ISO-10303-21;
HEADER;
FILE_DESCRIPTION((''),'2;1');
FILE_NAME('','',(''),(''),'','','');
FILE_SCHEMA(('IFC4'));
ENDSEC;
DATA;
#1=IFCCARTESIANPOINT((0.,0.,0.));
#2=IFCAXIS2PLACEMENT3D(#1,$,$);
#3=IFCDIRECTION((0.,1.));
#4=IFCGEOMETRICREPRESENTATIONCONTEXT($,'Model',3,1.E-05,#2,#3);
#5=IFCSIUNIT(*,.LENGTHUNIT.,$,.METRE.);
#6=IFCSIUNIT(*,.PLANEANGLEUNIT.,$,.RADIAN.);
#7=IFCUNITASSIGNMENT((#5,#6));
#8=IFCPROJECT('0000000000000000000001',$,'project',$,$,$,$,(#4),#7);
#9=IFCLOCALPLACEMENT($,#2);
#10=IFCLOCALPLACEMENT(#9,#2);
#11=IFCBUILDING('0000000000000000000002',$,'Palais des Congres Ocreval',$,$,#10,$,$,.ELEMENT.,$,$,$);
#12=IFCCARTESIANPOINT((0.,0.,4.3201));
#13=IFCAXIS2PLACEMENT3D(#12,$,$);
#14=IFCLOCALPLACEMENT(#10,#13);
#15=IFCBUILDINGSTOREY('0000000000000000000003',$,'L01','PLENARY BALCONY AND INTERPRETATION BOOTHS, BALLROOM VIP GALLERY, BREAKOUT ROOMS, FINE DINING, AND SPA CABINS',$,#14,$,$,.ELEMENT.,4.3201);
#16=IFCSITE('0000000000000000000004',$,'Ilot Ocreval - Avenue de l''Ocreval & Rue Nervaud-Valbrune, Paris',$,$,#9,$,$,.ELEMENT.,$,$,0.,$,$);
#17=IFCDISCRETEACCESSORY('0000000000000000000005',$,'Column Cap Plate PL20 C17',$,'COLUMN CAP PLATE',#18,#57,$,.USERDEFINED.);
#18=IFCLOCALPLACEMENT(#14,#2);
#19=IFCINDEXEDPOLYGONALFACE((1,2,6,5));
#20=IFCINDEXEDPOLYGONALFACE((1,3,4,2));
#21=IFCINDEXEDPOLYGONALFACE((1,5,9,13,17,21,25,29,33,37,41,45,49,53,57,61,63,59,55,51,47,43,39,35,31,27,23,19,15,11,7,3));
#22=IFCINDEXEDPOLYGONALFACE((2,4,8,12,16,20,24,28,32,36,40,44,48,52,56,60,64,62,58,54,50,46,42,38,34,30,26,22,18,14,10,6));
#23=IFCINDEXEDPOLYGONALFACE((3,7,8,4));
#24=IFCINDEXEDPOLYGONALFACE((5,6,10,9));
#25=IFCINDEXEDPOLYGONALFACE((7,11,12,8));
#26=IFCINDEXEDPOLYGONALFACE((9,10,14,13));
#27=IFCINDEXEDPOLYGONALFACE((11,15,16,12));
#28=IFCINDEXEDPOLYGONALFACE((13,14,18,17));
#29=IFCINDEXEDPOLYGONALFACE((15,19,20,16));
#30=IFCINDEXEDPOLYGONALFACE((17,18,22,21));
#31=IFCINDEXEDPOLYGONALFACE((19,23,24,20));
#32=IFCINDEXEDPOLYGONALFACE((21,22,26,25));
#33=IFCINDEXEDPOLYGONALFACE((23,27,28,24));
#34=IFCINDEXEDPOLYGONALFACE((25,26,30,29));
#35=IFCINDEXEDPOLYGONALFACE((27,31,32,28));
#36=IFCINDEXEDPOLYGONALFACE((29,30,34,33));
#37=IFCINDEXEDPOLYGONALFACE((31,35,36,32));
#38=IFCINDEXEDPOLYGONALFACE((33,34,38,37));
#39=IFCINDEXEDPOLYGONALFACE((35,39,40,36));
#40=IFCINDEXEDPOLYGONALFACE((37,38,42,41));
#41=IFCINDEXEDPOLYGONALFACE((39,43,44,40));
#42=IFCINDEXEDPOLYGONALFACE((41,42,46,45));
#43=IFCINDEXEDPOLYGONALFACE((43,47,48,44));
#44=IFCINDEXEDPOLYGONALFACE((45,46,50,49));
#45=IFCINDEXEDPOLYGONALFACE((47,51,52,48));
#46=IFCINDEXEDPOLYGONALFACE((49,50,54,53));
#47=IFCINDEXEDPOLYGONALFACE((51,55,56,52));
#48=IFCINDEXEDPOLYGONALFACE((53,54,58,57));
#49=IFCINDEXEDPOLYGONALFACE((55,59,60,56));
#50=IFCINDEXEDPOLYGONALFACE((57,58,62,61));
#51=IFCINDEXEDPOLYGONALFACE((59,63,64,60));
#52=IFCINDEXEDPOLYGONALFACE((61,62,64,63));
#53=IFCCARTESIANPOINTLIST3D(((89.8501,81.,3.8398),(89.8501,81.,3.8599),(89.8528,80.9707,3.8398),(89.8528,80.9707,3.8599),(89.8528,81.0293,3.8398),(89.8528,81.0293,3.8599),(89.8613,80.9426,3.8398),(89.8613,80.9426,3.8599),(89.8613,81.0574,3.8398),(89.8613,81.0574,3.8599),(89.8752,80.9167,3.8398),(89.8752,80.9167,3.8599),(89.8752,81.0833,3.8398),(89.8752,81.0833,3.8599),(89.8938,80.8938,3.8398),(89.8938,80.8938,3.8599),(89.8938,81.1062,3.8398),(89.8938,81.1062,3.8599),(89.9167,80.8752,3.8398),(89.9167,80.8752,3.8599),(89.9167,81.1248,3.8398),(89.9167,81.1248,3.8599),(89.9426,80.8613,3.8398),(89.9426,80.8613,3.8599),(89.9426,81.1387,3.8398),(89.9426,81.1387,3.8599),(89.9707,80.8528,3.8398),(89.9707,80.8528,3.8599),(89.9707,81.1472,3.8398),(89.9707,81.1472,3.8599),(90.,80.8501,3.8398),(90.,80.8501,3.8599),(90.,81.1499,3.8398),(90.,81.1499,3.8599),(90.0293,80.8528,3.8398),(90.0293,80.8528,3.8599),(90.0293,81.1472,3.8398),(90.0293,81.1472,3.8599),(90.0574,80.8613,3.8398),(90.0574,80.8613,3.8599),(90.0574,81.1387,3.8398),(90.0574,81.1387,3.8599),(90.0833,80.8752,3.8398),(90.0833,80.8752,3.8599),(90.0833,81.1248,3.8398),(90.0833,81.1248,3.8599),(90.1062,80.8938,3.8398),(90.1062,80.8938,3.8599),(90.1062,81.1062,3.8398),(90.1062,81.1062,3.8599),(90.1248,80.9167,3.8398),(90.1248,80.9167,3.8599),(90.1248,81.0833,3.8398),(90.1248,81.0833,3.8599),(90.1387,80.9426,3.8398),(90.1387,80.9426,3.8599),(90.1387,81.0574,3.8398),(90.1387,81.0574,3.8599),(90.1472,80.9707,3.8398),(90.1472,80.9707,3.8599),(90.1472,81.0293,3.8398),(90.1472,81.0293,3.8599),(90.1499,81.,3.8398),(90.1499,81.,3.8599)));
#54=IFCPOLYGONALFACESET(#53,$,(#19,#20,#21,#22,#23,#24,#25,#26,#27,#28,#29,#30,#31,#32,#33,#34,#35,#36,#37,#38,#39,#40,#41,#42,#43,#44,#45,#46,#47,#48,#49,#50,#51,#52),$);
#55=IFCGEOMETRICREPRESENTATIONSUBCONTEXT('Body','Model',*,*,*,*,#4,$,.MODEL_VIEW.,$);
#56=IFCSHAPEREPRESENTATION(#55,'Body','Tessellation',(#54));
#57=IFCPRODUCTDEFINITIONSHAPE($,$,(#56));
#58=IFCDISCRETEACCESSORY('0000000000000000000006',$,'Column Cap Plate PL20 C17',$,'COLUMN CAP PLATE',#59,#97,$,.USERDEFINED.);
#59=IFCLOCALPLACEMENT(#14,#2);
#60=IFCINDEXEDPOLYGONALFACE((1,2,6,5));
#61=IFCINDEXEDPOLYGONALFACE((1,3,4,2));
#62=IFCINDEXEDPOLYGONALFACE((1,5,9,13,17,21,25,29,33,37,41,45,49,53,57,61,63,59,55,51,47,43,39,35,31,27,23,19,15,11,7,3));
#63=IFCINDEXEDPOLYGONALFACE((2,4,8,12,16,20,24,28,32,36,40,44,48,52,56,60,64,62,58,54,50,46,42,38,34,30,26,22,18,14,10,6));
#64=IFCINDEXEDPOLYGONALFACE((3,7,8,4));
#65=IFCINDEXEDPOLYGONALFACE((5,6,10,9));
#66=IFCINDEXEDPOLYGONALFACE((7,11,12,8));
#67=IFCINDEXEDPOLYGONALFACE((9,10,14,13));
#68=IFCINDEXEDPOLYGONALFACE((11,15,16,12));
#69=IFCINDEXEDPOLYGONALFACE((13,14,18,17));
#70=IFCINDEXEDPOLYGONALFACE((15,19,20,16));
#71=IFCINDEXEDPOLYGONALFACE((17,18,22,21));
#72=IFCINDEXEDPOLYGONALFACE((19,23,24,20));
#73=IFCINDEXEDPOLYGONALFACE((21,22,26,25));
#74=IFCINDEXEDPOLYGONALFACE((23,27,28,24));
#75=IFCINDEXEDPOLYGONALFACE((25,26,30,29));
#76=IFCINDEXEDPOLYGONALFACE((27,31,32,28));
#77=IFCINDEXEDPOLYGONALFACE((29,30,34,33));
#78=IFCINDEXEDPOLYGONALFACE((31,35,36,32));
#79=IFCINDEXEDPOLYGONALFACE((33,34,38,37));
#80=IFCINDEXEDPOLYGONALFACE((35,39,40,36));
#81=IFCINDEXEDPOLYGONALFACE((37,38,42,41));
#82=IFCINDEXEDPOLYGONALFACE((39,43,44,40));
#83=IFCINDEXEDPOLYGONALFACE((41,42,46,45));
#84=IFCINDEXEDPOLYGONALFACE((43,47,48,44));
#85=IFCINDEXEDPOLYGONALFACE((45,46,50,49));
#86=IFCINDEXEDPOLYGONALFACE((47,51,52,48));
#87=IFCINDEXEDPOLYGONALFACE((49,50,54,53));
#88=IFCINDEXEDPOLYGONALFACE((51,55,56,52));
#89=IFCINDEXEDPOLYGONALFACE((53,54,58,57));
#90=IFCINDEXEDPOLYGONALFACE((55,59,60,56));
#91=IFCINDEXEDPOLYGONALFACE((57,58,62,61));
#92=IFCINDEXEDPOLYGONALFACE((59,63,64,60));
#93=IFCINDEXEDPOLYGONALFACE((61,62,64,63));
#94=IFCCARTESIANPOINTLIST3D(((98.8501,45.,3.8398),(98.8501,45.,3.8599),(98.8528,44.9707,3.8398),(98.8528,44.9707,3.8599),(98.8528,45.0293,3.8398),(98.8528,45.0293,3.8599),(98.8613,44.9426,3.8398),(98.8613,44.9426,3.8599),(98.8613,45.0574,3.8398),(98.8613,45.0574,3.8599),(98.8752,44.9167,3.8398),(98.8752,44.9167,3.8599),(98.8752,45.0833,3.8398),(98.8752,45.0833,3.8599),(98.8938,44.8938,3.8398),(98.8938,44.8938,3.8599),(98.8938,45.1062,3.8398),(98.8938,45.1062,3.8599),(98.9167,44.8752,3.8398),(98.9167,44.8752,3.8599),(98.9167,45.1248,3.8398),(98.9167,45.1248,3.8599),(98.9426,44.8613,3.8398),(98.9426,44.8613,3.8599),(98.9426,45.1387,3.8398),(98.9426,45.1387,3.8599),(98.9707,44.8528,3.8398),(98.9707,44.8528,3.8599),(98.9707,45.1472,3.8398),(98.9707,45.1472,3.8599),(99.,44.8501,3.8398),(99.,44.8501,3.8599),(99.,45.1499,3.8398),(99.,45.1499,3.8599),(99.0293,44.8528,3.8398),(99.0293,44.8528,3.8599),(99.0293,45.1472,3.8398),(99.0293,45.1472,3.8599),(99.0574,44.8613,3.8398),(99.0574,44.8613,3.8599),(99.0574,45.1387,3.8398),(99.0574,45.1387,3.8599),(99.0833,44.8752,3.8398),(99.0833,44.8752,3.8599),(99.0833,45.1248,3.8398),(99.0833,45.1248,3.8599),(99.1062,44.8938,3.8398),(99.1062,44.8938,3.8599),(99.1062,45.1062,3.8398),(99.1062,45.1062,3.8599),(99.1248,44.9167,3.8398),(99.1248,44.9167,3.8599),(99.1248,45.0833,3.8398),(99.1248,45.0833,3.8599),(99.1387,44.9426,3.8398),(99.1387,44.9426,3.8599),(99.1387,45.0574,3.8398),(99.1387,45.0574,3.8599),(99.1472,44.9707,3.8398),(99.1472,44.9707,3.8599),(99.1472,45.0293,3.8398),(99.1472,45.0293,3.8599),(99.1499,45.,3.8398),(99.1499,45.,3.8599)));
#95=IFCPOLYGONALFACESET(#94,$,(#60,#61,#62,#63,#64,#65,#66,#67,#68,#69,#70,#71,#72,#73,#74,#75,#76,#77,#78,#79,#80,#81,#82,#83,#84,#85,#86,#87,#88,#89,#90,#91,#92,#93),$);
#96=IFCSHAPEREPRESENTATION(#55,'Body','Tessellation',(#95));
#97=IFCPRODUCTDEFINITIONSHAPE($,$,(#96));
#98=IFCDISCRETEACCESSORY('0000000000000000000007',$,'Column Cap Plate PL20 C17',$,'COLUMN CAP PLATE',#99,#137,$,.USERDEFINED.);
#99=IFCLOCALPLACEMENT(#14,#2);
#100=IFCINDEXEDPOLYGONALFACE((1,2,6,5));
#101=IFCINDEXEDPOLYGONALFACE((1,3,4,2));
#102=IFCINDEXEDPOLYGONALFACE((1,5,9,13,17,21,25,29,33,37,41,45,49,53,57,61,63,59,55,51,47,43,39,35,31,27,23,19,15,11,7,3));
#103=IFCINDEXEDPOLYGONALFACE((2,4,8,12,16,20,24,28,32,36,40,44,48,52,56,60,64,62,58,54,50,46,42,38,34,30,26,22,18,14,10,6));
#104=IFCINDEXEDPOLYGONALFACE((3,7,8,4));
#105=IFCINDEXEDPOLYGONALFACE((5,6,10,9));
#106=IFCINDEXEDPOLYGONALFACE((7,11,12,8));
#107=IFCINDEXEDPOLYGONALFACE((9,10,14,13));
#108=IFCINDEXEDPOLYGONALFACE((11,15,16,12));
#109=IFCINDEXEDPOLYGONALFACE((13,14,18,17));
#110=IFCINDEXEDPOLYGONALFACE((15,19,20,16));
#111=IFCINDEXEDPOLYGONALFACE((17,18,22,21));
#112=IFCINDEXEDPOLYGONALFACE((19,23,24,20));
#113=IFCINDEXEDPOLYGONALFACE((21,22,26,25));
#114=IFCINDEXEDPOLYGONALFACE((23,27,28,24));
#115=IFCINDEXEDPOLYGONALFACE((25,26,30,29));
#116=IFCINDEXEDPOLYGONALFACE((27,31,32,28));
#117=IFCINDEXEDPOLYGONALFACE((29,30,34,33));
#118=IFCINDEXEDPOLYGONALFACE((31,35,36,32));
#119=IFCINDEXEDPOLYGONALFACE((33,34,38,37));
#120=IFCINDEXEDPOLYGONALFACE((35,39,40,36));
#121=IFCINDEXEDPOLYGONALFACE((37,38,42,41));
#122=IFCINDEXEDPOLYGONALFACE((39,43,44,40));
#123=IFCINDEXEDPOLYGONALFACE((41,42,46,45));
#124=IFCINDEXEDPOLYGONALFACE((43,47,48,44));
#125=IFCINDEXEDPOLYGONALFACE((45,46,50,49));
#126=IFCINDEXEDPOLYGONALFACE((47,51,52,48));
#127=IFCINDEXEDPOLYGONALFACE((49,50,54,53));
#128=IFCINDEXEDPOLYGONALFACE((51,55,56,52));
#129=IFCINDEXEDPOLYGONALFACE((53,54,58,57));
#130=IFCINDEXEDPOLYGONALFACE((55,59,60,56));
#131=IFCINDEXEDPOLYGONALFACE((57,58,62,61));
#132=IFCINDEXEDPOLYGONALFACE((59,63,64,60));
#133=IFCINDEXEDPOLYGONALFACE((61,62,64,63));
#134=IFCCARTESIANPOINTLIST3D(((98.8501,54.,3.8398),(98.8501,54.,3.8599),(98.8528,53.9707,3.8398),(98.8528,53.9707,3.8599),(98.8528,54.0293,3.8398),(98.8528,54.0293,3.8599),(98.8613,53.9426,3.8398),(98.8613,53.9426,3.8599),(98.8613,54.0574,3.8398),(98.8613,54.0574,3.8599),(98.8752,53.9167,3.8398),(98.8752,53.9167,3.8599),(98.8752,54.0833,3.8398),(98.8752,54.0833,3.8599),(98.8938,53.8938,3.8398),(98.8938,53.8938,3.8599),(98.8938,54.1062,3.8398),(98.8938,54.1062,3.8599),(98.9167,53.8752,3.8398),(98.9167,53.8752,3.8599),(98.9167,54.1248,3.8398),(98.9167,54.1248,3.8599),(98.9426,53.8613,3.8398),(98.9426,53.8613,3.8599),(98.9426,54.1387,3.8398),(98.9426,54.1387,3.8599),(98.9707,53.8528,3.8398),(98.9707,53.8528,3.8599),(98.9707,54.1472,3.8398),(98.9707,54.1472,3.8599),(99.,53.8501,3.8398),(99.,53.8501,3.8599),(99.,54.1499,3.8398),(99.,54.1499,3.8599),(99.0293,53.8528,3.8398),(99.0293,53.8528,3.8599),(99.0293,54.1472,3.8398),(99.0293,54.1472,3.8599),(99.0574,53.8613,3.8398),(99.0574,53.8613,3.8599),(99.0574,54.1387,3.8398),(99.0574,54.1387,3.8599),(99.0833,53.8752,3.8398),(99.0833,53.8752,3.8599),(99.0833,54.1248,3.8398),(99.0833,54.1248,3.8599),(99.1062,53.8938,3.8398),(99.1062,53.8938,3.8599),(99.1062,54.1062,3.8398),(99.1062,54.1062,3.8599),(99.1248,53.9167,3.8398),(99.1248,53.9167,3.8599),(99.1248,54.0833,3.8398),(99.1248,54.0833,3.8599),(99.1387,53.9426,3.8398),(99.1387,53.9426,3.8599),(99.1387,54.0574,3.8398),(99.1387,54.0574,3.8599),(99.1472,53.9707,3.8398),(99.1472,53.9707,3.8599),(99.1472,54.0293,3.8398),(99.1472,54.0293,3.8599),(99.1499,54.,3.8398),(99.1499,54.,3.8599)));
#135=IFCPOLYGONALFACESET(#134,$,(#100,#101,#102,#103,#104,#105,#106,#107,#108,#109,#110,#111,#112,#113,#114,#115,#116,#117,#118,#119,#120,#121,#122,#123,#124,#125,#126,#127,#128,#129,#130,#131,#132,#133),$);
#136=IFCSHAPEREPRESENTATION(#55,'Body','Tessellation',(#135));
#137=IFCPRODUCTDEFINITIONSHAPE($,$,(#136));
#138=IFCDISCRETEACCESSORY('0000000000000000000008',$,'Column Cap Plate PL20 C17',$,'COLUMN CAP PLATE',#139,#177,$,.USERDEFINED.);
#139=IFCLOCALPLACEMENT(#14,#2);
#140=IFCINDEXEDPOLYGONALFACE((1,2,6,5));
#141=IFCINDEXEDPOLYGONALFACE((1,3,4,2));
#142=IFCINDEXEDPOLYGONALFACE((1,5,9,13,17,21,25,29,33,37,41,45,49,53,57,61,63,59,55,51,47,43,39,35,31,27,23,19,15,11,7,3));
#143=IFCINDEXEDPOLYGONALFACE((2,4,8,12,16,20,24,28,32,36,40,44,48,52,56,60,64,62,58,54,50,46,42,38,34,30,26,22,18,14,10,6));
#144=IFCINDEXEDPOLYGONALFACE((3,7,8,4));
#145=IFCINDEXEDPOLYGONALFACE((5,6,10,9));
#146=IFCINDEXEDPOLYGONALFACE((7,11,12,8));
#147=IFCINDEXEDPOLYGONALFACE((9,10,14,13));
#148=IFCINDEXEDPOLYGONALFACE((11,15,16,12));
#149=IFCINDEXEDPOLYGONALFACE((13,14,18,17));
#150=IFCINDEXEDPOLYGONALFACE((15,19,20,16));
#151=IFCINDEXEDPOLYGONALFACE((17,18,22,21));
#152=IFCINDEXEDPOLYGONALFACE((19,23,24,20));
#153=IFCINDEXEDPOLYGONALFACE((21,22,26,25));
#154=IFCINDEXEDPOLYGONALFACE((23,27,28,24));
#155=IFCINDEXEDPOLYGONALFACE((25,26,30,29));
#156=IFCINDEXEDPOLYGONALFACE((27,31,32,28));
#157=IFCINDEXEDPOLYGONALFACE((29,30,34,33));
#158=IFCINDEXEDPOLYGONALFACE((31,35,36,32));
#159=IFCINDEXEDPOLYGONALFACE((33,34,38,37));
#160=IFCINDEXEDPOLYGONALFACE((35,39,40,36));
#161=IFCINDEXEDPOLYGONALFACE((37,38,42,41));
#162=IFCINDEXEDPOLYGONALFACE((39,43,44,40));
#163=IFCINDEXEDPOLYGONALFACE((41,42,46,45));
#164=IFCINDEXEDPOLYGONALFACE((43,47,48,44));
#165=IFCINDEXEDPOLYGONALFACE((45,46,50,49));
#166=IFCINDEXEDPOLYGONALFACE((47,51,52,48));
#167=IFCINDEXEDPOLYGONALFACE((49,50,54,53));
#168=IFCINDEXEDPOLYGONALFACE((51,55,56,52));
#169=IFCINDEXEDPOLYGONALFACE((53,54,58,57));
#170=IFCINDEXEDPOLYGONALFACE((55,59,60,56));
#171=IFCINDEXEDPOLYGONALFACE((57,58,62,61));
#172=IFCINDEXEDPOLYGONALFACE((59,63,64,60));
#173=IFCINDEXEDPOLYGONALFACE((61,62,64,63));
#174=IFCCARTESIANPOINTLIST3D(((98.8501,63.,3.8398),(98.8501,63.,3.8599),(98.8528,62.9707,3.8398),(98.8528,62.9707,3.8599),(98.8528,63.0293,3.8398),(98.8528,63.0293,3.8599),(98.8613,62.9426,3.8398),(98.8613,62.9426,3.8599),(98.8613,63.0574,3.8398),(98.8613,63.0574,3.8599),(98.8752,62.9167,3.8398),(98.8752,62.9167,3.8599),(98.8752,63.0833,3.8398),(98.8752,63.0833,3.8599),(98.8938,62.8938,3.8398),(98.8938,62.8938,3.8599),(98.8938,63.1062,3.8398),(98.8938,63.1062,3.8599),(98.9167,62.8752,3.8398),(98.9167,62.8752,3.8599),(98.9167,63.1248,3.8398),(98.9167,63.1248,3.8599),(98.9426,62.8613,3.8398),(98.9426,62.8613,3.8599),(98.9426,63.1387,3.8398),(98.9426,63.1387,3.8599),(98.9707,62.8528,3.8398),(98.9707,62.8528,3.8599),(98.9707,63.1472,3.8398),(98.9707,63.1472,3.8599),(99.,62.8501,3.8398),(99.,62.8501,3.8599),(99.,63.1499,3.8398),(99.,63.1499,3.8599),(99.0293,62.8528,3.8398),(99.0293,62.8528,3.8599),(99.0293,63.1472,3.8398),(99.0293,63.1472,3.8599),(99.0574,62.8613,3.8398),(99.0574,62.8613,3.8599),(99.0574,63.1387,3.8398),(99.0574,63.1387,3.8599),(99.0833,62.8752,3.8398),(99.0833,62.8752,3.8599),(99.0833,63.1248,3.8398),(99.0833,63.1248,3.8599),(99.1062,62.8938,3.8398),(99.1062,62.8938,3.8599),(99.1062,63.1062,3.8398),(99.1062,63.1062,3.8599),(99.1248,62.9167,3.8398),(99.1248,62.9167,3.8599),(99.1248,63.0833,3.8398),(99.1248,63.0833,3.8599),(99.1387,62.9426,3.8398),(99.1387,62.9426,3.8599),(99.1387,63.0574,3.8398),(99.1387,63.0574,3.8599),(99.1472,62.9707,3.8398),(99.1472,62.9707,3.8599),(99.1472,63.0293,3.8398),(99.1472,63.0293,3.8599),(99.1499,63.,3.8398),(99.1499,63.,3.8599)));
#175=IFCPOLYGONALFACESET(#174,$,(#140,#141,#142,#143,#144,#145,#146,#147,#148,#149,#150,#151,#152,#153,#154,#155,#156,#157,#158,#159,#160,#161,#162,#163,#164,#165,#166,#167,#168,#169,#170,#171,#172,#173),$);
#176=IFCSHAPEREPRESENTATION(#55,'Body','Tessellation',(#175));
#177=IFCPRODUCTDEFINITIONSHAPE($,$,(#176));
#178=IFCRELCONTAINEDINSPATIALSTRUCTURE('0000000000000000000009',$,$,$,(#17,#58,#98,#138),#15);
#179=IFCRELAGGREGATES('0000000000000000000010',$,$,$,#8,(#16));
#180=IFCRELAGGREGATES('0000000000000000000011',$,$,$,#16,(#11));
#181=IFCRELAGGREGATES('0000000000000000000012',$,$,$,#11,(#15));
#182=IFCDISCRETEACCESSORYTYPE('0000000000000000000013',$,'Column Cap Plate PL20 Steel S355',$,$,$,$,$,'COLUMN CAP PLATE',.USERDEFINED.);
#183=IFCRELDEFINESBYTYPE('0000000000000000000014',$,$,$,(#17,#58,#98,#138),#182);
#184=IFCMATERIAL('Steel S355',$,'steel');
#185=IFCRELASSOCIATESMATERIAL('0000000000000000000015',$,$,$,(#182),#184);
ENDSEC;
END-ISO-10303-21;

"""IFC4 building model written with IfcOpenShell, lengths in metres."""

from ifc_helpers import new_model, si_unit, direction, frame, origin, place, context, subcontext, project, spatial, polyline, outline, extrude, material, type_object, element, save


model = new_model("IFC4")

# Units and contexts
model_context = context("Model", 3, precision=1e-05, world=origin(), true_north=direction((0.0, 1.0)))
body_context = subcontext(model_context, "Body", "Model", "MODEL_VIEW")
ifc_project = project(units=[si_unit("LENGTHUNIT", "METRE"), si_unit("PLANEANGLEUNIT", "RADIAN")], contexts=[model_context])

# Site, building, storey
site_placement = place(None, origin())
site = spatial("IfcSite", under=ifc_project, at=site_placement, Name="Ilot Ocreval - Avenue de l'Ocreval & Rue Nervaud-Valbrune, Paris", CompositionType="ELEMENT", RefElevation=0.0)
building_placement = place(site_placement, origin())
building = spatial("IfcBuilding", under=site, at=building_placement, Name="Palais des Congres Ocreval", CompositionType="ELEMENT")
storey_placement = place(building_placement, frame((0.0, 0.0, 4.3201)))
storey = spatial("IfcBuildingStorey", under=building, at=storey_placement, Name="L01", Description="PLENARY BALCONY AND INTERPRETATION BOOTHS, BALLROOM VIP GALLERY, BREAKOUT ROOMS, FINE DINING, AND SPA CABINS", CompositionType="ELEMENT", Elevation=4.3201)

# Discrete accessories
ifc_material = material(Name="Steel S355", Category="steel")
discrete_accessory_type = type_object("IfcDiscreteAccessoryType", Name="Column Cap Plate PL20 Steel S355", ElementType="COLUMN CAP PLATE", PredefinedType="USERDEFINED", material=ifc_material)
discrete_accessory_1_placement = place(storey_placement, frame((0.0, 0.0, 3.8398)))
element("IfcDiscreteAccessory", 1, at=discrete_accessory_1_placement, inside=storey, type_object=discrete_accessory_type, Name="Column Cap Plate PL20 C17", ObjectType="COLUMN CAP PLATE", PredefinedType="USERDEFINED", context=body_context, shape_type="SweptSolid", body=[
    extrude(outline(polyline([(90.1499, 81.0), (90.1472, 81.0293), (90.1387, 81.0574), (90.1248, 81.0833), (90.1062, 81.1062), (90.0833, 81.1248), (90.0574, 81.1387), (90.0293, 81.1472), (90.0, 81.1499), (89.9707, 81.1472), (89.9426, 81.1387), (89.9167, 81.1248), (89.8938, 81.1062), (89.8752, 81.0833), (89.8613, 81.0574), (89.8528, 81.0293), (89.8501, 81.0), (89.8528, 80.9707), (89.8613, 80.9426), (89.8752, 80.9167), (89.8938, 80.8938), (89.9167, 80.8752), (89.9426, 80.8613), (89.9707, 80.8528), (90.0, 80.8501), (90.0293, 80.8528), (90.0574, 80.8613), (90.0833, 80.8752), (90.1062, 80.8938), (90.1248, 80.9167), (90.1387, 80.9426), (90.1472, 80.9707), (90.1499, 81.0)])), origin(), (0.0, 0.0, 1.0), 0.02),
])
discrete_accessory_2_placement = place(storey_placement, frame((0.0, 0.0, 3.8398)))
element("IfcDiscreteAccessory", 2, at=discrete_accessory_2_placement, inside=storey, type_object=discrete_accessory_type, Name="Column Cap Plate PL20 C17", ObjectType="COLUMN CAP PLATE", PredefinedType="USERDEFINED", context=body_context, shape_type="SweptSolid", body=[
    extrude(outline(polyline([(99.1499, 45.0), (99.1472, 45.0293), (99.1387, 45.0574), (99.1248, 45.0833), (99.1062, 45.1062), (99.0833, 45.1248), (99.0574, 45.1387), (99.0293, 45.1472), (99.0, 45.1499), (98.9707, 45.1472), (98.9426, 45.1387), (98.9167, 45.1248), (98.8938, 45.1062), (98.8752, 45.0833), (98.8613, 45.0574), (98.8528, 45.0293), (98.8501, 45.0), (98.8528, 44.9707), (98.8613, 44.9426), (98.8752, 44.9167), (98.8938, 44.8938), (98.9167, 44.8752), (98.9426, 44.8613), (98.9707, 44.8528), (99.0, 44.8501), (99.0293, 44.8528), (99.0574, 44.8613), (99.0833, 44.8752), (99.1062, 44.8938), (99.1248, 44.9167), (99.1387, 44.9426), (99.1472, 44.9707), (99.1499, 45.0)])), origin(), (0.0, 0.0, 1.0), 0.02),
])
discrete_accessory_3_placement = place(storey_placement, frame((0.0, 0.0, 3.8398)))
element("IfcDiscreteAccessory", 3, at=discrete_accessory_3_placement, inside=storey, type_object=discrete_accessory_type, Name="Column Cap Plate PL20 C17", ObjectType="COLUMN CAP PLATE", PredefinedType="USERDEFINED", context=body_context, shape_type="SweptSolid", body=[
    extrude(outline(polyline([(99.1499, 54.0), (99.1472, 54.0293), (99.1387, 54.0574), (99.1248, 54.0833), (99.1062, 54.1062), (99.0833, 54.1248), (99.0574, 54.1387), (99.0293, 54.1472), (99.0, 54.1499), (98.9707, 54.1472), (98.9426, 54.1387), (98.9167, 54.1248), (98.8938, 54.1062), (98.8752, 54.0833), (98.8613, 54.0574), (98.8528, 54.0293), (98.8501, 54.0), (98.8528, 53.9707), (98.8613, 53.9426), (98.8752, 53.9167), (98.8938, 53.8938), (98.9167, 53.8752), (98.9426, 53.8613), (98.9707, 53.8528), (99.0, 53.8501), (99.0293, 53.8528), (99.0574, 53.8613), (99.0833, 53.8752), (99.1062, 53.8938), (99.1248, 53.9167), (99.1387, 53.9426), (99.1472, 53.9707), (99.1499, 54.0)])), origin(), (0.0, 0.0, 1.0), 0.02),
])
discrete_accessory_4_placement = place(storey_placement, frame((0.0, 0.0, 3.8398)))
element("IfcDiscreteAccessory", 4, at=discrete_accessory_4_placement, inside=storey, type_object=discrete_accessory_type, Name="Column Cap Plate PL20 C17", ObjectType="COLUMN CAP PLATE", PredefinedType="USERDEFINED", context=body_context, shape_type="SweptSolid", body=[
    extrude(outline(polyline([(99.1499, 63.0), (99.1472, 63.0293), (99.1387, 63.0574), (99.1248, 63.0833), (99.1062, 63.1062), (99.0833, 63.1248), (99.0574, 63.1387), (99.0293, 63.1472), (99.0, 63.1499), (98.9707, 63.1472), (98.9426, 63.1387), (98.9167, 63.1248), (98.8938, 63.1062), (98.8752, 63.0833), (98.8613, 63.0574), (98.8528, 63.0293), (98.8501, 63.0), (98.8528, 62.9707), (98.8613, 62.9426), (98.8752, 62.9167), (98.8938, 62.8938), (98.9167, 62.8752), (98.9426, 62.8613), (98.9707, 62.8528), (99.0, 62.8501), (99.0293, 62.8528), (99.0574, 62.8613), (99.0833, 62.8752), (99.1062, 62.8938), (99.1248, 62.9167), (99.1387, 62.9426), (99.1472, 62.9707), (99.1499, 63.0)])), origin(), (0.0, 0.0, 1.0), 0.02),
])

save(model, "model.ifc")
